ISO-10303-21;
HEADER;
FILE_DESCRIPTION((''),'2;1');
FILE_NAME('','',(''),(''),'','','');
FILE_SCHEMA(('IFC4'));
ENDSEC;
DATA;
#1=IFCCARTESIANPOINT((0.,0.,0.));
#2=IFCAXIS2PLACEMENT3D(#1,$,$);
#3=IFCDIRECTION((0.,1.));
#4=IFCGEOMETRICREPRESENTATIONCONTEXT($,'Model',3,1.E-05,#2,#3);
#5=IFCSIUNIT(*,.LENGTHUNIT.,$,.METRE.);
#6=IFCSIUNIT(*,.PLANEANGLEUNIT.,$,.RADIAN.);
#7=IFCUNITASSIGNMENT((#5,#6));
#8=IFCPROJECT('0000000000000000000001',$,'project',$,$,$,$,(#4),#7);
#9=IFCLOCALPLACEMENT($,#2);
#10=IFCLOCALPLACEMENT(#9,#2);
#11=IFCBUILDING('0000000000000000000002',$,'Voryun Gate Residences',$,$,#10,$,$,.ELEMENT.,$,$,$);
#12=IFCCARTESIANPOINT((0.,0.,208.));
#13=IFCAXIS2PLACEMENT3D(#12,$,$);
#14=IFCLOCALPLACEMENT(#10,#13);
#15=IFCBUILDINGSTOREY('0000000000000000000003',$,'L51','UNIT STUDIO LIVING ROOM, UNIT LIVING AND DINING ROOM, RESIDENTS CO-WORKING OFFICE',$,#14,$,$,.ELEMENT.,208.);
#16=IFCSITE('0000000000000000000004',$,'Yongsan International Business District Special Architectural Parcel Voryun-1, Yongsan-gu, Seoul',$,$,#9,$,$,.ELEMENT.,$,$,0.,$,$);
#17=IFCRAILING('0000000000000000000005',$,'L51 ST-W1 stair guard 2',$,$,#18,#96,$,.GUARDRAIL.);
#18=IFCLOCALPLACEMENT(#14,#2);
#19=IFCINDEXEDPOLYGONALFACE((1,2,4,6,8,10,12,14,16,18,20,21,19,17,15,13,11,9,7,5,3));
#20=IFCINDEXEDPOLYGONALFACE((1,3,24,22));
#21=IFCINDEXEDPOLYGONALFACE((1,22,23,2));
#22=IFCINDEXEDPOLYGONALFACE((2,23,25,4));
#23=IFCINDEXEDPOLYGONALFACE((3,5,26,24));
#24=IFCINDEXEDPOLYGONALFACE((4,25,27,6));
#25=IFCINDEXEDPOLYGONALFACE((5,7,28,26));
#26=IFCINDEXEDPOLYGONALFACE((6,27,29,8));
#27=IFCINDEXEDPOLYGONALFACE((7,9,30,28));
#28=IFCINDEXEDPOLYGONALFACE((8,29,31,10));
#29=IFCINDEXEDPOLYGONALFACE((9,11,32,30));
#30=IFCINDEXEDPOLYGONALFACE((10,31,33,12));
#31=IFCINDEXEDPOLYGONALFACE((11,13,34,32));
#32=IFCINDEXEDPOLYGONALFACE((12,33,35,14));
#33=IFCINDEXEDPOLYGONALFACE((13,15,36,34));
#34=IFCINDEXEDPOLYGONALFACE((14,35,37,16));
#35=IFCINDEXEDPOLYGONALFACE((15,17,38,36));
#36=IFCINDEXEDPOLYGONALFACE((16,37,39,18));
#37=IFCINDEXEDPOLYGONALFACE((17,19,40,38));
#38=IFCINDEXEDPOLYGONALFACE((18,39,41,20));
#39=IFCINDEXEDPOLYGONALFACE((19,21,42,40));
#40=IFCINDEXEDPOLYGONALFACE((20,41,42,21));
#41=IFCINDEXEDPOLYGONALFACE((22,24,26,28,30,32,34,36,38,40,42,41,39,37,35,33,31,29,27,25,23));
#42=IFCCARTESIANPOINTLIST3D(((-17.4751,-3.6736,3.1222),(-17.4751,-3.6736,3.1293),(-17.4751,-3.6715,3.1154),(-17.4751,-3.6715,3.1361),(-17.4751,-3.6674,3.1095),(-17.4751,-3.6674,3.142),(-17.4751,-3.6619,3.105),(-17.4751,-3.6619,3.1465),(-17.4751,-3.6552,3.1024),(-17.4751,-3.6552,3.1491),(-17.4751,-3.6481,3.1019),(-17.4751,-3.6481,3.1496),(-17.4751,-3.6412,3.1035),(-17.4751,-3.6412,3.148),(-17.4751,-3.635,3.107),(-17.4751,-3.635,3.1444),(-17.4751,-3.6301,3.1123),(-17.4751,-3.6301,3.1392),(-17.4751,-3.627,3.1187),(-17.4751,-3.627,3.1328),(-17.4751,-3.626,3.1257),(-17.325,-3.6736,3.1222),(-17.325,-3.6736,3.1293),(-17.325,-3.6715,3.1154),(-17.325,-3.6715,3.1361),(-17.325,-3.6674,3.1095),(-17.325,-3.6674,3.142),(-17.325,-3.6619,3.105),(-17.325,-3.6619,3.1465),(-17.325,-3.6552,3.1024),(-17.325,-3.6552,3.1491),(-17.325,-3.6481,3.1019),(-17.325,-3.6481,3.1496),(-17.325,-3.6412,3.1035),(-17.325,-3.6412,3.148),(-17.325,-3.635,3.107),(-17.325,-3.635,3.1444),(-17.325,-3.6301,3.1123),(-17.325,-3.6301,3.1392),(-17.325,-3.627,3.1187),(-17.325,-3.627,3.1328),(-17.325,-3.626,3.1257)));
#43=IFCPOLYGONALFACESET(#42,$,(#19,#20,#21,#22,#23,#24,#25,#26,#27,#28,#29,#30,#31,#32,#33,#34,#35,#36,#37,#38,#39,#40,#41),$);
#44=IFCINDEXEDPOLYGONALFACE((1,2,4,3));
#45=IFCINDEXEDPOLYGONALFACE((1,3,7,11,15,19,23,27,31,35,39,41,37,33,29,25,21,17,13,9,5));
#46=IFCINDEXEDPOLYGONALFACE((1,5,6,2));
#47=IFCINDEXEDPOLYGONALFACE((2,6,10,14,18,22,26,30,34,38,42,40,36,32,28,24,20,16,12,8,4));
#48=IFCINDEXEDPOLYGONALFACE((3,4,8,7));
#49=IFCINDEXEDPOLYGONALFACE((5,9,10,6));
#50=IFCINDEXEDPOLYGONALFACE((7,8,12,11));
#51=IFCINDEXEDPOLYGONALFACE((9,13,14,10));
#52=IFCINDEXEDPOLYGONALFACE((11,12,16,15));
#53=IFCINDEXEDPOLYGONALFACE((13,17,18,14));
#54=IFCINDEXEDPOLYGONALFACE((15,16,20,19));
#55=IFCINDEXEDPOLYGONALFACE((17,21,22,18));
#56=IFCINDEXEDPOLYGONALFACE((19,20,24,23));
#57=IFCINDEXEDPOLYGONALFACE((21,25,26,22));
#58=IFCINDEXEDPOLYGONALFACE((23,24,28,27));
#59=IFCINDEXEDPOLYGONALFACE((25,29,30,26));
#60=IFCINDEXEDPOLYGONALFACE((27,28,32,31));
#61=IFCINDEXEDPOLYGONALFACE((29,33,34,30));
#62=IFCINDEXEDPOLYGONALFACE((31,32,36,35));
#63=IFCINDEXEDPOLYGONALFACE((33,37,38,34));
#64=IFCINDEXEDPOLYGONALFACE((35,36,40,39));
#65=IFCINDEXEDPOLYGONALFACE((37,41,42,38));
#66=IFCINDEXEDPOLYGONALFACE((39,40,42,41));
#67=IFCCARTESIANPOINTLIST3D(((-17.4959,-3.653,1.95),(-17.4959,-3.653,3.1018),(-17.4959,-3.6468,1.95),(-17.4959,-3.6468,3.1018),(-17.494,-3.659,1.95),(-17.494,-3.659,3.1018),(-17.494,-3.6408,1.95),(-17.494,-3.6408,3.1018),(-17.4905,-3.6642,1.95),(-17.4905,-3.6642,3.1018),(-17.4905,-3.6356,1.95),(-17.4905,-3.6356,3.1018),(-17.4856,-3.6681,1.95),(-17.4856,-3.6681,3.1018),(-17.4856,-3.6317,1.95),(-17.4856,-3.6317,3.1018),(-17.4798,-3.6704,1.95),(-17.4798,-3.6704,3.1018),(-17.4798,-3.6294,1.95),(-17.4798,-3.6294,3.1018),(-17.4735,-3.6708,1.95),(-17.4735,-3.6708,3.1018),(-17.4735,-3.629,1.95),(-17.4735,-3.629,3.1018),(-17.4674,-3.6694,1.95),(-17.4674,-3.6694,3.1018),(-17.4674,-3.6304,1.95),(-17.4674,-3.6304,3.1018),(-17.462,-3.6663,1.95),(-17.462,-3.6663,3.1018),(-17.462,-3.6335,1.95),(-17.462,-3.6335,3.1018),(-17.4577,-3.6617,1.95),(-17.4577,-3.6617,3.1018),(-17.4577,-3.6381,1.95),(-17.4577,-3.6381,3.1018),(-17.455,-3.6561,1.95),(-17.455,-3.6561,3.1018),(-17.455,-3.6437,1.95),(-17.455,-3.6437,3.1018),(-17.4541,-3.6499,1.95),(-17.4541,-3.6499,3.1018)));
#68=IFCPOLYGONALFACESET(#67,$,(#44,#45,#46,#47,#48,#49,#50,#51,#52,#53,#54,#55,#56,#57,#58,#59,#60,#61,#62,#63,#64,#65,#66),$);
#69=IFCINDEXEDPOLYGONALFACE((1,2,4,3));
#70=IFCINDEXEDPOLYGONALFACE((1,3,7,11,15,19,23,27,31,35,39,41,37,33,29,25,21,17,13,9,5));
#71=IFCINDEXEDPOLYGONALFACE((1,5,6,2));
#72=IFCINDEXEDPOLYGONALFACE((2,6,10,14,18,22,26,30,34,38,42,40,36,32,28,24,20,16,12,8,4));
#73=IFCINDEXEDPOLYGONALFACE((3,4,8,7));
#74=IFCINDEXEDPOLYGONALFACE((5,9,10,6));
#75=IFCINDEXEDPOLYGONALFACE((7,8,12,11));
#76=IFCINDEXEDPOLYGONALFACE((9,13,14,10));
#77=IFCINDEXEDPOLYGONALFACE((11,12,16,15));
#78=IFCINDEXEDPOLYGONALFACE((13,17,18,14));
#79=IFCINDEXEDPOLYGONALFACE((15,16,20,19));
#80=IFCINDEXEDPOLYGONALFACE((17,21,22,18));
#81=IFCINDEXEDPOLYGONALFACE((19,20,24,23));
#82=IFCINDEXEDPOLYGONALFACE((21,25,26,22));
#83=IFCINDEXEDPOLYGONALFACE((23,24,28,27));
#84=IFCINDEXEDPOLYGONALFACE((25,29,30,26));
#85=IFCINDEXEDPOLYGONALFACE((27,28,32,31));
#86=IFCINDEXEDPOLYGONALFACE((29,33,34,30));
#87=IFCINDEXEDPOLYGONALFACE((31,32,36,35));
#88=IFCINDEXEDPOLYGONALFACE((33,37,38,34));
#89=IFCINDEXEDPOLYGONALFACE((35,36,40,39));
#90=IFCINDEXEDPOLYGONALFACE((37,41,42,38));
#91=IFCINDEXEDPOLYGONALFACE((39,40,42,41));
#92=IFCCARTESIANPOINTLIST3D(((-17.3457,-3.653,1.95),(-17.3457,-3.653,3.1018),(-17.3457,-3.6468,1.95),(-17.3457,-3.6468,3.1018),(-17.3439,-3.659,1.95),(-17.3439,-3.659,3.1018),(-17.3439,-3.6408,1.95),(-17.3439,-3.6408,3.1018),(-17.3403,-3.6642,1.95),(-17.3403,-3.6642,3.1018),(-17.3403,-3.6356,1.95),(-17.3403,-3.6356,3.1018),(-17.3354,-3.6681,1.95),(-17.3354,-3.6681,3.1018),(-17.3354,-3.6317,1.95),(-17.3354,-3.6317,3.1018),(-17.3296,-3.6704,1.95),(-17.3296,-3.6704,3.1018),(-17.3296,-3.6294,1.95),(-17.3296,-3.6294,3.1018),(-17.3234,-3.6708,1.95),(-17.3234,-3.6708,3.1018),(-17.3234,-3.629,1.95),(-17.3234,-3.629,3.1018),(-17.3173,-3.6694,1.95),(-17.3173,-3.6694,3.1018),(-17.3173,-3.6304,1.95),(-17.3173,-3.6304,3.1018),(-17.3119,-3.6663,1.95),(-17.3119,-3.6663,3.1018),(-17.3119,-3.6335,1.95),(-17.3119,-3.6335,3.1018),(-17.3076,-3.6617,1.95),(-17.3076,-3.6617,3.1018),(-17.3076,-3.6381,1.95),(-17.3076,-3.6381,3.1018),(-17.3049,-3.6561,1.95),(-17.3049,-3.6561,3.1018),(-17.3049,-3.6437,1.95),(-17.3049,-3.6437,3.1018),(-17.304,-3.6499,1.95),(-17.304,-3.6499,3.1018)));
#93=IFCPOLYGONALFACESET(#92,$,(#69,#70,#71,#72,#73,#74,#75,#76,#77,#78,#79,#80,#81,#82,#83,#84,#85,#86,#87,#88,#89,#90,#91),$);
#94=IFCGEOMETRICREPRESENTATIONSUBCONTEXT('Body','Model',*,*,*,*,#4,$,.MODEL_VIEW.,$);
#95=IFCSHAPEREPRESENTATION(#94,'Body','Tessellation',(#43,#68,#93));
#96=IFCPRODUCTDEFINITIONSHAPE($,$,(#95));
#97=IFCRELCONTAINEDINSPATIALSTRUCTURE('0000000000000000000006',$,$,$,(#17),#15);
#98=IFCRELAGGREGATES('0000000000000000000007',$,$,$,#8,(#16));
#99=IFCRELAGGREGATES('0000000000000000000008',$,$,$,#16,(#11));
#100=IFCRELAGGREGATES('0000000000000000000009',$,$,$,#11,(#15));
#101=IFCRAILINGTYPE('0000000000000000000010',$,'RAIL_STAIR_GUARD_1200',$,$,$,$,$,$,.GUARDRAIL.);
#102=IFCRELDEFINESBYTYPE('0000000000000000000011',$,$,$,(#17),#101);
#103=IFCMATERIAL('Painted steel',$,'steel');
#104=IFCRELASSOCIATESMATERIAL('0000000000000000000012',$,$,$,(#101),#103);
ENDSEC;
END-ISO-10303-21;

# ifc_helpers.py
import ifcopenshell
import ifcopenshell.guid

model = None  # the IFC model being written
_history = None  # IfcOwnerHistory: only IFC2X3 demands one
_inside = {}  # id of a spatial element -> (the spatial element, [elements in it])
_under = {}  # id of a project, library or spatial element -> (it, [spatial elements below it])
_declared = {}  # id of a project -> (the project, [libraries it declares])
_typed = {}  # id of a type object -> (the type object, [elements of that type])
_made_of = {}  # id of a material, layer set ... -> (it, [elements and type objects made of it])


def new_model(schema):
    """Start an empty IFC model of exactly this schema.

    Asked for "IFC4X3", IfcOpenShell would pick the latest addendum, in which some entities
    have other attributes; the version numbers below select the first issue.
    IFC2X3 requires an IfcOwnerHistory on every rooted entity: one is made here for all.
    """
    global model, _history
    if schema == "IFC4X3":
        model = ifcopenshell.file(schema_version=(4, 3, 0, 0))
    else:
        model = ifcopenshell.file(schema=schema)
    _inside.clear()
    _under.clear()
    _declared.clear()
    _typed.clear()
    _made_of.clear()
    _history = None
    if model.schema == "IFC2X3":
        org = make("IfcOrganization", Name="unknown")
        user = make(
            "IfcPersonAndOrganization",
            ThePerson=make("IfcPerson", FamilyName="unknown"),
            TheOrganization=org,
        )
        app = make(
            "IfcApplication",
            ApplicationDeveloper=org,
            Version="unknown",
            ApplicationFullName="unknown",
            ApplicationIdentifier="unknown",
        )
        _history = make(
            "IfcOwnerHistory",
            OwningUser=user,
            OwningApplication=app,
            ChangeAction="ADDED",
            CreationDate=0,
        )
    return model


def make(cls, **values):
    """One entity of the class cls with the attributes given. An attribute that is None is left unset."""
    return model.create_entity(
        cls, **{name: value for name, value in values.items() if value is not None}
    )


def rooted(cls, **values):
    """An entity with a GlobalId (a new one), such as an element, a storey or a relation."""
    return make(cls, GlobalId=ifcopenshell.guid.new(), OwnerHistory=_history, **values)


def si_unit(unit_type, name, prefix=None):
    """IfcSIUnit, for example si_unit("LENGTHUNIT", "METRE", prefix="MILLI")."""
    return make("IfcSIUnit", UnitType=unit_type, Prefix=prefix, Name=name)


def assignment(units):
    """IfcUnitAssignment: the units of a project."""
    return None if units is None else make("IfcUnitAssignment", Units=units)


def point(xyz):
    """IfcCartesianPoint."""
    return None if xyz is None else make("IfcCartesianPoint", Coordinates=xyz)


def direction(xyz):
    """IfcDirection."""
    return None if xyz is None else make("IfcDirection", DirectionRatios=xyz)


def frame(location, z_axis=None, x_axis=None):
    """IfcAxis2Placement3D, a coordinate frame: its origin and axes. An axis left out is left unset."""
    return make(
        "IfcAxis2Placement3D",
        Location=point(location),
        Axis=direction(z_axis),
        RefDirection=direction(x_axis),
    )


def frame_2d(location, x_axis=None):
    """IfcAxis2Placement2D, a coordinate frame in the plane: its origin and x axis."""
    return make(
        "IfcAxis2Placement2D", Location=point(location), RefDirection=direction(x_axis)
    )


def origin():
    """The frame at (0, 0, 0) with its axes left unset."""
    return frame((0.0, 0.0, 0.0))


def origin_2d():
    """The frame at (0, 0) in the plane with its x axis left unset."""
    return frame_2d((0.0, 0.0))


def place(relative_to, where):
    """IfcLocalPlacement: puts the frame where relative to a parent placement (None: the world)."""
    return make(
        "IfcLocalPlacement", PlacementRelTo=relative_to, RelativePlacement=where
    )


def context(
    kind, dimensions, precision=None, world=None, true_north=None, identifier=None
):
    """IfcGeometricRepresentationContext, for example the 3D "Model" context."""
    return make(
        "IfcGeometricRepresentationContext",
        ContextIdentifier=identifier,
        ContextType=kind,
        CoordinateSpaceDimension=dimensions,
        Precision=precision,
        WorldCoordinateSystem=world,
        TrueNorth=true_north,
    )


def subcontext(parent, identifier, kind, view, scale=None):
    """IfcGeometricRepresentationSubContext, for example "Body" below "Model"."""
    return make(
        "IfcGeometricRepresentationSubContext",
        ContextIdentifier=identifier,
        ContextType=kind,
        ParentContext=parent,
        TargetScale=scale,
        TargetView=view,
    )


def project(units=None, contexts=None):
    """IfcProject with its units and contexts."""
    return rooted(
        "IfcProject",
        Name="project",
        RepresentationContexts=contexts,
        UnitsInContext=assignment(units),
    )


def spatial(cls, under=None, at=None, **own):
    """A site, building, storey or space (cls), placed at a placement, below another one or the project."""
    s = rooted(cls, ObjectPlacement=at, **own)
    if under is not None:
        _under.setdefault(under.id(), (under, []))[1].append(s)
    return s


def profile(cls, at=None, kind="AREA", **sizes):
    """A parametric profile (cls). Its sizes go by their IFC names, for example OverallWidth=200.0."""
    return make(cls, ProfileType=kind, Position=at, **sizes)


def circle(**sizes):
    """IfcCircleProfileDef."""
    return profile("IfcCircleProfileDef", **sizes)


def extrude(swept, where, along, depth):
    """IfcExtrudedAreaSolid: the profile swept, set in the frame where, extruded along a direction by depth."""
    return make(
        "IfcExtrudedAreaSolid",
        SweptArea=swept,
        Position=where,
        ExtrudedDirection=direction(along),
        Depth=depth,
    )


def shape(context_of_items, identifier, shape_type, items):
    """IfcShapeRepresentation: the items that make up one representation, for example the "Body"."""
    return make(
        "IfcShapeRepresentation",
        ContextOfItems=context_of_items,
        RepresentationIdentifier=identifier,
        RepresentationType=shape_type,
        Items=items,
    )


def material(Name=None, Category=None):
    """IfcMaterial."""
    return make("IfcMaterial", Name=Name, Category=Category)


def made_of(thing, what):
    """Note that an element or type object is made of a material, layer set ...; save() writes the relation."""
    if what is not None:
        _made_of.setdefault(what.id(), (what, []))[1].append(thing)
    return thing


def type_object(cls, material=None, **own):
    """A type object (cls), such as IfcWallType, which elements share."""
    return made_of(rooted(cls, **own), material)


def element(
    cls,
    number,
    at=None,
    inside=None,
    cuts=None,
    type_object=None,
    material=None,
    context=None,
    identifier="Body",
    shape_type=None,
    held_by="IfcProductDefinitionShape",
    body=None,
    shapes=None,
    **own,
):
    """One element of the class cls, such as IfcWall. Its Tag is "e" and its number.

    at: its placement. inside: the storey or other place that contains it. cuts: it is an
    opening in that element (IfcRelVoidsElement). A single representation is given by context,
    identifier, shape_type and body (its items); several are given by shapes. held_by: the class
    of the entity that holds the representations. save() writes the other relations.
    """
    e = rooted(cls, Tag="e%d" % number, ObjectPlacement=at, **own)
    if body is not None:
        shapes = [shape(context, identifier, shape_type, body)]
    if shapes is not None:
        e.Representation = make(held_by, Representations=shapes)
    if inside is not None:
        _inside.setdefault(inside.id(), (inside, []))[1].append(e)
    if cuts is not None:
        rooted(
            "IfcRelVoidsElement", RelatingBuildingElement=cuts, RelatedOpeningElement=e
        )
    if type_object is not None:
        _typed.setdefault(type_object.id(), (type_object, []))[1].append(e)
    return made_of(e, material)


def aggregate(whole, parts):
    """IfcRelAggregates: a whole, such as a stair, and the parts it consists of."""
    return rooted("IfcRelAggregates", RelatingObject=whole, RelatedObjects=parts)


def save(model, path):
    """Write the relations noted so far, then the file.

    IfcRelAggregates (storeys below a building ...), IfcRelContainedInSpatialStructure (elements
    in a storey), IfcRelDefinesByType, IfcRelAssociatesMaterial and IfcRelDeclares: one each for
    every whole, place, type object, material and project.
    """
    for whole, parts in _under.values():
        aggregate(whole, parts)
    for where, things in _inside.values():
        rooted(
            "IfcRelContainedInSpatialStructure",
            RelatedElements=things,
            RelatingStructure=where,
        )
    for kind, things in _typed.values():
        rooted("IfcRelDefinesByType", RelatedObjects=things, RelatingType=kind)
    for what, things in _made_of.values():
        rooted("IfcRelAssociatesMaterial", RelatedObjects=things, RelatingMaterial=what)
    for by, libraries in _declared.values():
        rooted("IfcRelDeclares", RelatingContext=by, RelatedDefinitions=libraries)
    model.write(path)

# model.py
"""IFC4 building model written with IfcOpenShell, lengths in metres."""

from ifc_helpers import new_model, si_unit, direction, frame, origin, origin_2d, place, context, subcontext, project, spatial, circle, extrude, material, type_object, element, save


model = new_model("IFC4")

# Units and contexts
model_context = context("Model", 3, precision=1e-05, world=origin(), true_north=direction((0.0, 1.0)))
body_context = subcontext(model_context, "Body", "Model", "MODEL_VIEW")
ifc_project = project(units=[si_unit("LENGTHUNIT", "METRE"), si_unit("PLANEANGLEUNIT", "RADIAN")], contexts=[model_context])

# Site, building, storey
site_placement = place(None, origin())
site = spatial("IfcSite", under=ifc_project, at=site_placement, Name="Yongsan International Business District Special Architectural Parcel Voryun-1, Yongsan-gu, Seoul", CompositionType="ELEMENT", RefElevation=0.0)
building_placement = place(site_placement, origin())
building = spatial("IfcBuilding", under=site, at=building_placement, Name="Voryun Gate Residences", CompositionType="ELEMENT")
storey_placement = place(building_placement, frame((0.0, 0.0, 208.0)))
storey = spatial("IfcBuildingStorey", under=building, at=storey_placement, Name="L51", Description="UNIT STUDIO LIVING ROOM, UNIT LIVING AND DINING ROOM, RESIDENTS CO-WORKING OFFICE", CompositionType="ELEMENT", Elevation=208.0)

# Railing
ifc_material_1 = material(Name="Painted steel", Category="steel")
railing_type = type_object("IfcRailingType", Name="RAIL_STAIR_GUARD_1200", PredefinedType="GUARDRAIL", material=ifc_material_1)
railing_1_placement = place(storey_placement, frame((-17.4751, -3.6499, 1.95)))
element("IfcRailing", 1, at=railing_1_placement, inside=storey, type_object=railing_type, Name="L51 ST-W1 stair guard 2", PredefinedType="GUARDRAIL", context=body_context, shape_type="SweptSolid", body=[
    extrude(circle(Radius=0.0239, at=origin_2d()), frame((0.0, 0.0, 1.1758), z_axis=(1.0, 0.0, 0.0), x_axis=(0.0, 1.0, 0.0)), (0.0, 0.0, 1.0), 0.1501),
    extrude(circle(Radius=0.021, at=origin_2d()), origin(), (0.0, 0.0, 1.0), 1.1519),
    extrude(circle(Radius=0.021, at=origin_2d()), frame((0.1501, 0.0, 0.0)), (0.0, 0.0, 1.0), 1.1519),
])

save(model, "model.ifc")
